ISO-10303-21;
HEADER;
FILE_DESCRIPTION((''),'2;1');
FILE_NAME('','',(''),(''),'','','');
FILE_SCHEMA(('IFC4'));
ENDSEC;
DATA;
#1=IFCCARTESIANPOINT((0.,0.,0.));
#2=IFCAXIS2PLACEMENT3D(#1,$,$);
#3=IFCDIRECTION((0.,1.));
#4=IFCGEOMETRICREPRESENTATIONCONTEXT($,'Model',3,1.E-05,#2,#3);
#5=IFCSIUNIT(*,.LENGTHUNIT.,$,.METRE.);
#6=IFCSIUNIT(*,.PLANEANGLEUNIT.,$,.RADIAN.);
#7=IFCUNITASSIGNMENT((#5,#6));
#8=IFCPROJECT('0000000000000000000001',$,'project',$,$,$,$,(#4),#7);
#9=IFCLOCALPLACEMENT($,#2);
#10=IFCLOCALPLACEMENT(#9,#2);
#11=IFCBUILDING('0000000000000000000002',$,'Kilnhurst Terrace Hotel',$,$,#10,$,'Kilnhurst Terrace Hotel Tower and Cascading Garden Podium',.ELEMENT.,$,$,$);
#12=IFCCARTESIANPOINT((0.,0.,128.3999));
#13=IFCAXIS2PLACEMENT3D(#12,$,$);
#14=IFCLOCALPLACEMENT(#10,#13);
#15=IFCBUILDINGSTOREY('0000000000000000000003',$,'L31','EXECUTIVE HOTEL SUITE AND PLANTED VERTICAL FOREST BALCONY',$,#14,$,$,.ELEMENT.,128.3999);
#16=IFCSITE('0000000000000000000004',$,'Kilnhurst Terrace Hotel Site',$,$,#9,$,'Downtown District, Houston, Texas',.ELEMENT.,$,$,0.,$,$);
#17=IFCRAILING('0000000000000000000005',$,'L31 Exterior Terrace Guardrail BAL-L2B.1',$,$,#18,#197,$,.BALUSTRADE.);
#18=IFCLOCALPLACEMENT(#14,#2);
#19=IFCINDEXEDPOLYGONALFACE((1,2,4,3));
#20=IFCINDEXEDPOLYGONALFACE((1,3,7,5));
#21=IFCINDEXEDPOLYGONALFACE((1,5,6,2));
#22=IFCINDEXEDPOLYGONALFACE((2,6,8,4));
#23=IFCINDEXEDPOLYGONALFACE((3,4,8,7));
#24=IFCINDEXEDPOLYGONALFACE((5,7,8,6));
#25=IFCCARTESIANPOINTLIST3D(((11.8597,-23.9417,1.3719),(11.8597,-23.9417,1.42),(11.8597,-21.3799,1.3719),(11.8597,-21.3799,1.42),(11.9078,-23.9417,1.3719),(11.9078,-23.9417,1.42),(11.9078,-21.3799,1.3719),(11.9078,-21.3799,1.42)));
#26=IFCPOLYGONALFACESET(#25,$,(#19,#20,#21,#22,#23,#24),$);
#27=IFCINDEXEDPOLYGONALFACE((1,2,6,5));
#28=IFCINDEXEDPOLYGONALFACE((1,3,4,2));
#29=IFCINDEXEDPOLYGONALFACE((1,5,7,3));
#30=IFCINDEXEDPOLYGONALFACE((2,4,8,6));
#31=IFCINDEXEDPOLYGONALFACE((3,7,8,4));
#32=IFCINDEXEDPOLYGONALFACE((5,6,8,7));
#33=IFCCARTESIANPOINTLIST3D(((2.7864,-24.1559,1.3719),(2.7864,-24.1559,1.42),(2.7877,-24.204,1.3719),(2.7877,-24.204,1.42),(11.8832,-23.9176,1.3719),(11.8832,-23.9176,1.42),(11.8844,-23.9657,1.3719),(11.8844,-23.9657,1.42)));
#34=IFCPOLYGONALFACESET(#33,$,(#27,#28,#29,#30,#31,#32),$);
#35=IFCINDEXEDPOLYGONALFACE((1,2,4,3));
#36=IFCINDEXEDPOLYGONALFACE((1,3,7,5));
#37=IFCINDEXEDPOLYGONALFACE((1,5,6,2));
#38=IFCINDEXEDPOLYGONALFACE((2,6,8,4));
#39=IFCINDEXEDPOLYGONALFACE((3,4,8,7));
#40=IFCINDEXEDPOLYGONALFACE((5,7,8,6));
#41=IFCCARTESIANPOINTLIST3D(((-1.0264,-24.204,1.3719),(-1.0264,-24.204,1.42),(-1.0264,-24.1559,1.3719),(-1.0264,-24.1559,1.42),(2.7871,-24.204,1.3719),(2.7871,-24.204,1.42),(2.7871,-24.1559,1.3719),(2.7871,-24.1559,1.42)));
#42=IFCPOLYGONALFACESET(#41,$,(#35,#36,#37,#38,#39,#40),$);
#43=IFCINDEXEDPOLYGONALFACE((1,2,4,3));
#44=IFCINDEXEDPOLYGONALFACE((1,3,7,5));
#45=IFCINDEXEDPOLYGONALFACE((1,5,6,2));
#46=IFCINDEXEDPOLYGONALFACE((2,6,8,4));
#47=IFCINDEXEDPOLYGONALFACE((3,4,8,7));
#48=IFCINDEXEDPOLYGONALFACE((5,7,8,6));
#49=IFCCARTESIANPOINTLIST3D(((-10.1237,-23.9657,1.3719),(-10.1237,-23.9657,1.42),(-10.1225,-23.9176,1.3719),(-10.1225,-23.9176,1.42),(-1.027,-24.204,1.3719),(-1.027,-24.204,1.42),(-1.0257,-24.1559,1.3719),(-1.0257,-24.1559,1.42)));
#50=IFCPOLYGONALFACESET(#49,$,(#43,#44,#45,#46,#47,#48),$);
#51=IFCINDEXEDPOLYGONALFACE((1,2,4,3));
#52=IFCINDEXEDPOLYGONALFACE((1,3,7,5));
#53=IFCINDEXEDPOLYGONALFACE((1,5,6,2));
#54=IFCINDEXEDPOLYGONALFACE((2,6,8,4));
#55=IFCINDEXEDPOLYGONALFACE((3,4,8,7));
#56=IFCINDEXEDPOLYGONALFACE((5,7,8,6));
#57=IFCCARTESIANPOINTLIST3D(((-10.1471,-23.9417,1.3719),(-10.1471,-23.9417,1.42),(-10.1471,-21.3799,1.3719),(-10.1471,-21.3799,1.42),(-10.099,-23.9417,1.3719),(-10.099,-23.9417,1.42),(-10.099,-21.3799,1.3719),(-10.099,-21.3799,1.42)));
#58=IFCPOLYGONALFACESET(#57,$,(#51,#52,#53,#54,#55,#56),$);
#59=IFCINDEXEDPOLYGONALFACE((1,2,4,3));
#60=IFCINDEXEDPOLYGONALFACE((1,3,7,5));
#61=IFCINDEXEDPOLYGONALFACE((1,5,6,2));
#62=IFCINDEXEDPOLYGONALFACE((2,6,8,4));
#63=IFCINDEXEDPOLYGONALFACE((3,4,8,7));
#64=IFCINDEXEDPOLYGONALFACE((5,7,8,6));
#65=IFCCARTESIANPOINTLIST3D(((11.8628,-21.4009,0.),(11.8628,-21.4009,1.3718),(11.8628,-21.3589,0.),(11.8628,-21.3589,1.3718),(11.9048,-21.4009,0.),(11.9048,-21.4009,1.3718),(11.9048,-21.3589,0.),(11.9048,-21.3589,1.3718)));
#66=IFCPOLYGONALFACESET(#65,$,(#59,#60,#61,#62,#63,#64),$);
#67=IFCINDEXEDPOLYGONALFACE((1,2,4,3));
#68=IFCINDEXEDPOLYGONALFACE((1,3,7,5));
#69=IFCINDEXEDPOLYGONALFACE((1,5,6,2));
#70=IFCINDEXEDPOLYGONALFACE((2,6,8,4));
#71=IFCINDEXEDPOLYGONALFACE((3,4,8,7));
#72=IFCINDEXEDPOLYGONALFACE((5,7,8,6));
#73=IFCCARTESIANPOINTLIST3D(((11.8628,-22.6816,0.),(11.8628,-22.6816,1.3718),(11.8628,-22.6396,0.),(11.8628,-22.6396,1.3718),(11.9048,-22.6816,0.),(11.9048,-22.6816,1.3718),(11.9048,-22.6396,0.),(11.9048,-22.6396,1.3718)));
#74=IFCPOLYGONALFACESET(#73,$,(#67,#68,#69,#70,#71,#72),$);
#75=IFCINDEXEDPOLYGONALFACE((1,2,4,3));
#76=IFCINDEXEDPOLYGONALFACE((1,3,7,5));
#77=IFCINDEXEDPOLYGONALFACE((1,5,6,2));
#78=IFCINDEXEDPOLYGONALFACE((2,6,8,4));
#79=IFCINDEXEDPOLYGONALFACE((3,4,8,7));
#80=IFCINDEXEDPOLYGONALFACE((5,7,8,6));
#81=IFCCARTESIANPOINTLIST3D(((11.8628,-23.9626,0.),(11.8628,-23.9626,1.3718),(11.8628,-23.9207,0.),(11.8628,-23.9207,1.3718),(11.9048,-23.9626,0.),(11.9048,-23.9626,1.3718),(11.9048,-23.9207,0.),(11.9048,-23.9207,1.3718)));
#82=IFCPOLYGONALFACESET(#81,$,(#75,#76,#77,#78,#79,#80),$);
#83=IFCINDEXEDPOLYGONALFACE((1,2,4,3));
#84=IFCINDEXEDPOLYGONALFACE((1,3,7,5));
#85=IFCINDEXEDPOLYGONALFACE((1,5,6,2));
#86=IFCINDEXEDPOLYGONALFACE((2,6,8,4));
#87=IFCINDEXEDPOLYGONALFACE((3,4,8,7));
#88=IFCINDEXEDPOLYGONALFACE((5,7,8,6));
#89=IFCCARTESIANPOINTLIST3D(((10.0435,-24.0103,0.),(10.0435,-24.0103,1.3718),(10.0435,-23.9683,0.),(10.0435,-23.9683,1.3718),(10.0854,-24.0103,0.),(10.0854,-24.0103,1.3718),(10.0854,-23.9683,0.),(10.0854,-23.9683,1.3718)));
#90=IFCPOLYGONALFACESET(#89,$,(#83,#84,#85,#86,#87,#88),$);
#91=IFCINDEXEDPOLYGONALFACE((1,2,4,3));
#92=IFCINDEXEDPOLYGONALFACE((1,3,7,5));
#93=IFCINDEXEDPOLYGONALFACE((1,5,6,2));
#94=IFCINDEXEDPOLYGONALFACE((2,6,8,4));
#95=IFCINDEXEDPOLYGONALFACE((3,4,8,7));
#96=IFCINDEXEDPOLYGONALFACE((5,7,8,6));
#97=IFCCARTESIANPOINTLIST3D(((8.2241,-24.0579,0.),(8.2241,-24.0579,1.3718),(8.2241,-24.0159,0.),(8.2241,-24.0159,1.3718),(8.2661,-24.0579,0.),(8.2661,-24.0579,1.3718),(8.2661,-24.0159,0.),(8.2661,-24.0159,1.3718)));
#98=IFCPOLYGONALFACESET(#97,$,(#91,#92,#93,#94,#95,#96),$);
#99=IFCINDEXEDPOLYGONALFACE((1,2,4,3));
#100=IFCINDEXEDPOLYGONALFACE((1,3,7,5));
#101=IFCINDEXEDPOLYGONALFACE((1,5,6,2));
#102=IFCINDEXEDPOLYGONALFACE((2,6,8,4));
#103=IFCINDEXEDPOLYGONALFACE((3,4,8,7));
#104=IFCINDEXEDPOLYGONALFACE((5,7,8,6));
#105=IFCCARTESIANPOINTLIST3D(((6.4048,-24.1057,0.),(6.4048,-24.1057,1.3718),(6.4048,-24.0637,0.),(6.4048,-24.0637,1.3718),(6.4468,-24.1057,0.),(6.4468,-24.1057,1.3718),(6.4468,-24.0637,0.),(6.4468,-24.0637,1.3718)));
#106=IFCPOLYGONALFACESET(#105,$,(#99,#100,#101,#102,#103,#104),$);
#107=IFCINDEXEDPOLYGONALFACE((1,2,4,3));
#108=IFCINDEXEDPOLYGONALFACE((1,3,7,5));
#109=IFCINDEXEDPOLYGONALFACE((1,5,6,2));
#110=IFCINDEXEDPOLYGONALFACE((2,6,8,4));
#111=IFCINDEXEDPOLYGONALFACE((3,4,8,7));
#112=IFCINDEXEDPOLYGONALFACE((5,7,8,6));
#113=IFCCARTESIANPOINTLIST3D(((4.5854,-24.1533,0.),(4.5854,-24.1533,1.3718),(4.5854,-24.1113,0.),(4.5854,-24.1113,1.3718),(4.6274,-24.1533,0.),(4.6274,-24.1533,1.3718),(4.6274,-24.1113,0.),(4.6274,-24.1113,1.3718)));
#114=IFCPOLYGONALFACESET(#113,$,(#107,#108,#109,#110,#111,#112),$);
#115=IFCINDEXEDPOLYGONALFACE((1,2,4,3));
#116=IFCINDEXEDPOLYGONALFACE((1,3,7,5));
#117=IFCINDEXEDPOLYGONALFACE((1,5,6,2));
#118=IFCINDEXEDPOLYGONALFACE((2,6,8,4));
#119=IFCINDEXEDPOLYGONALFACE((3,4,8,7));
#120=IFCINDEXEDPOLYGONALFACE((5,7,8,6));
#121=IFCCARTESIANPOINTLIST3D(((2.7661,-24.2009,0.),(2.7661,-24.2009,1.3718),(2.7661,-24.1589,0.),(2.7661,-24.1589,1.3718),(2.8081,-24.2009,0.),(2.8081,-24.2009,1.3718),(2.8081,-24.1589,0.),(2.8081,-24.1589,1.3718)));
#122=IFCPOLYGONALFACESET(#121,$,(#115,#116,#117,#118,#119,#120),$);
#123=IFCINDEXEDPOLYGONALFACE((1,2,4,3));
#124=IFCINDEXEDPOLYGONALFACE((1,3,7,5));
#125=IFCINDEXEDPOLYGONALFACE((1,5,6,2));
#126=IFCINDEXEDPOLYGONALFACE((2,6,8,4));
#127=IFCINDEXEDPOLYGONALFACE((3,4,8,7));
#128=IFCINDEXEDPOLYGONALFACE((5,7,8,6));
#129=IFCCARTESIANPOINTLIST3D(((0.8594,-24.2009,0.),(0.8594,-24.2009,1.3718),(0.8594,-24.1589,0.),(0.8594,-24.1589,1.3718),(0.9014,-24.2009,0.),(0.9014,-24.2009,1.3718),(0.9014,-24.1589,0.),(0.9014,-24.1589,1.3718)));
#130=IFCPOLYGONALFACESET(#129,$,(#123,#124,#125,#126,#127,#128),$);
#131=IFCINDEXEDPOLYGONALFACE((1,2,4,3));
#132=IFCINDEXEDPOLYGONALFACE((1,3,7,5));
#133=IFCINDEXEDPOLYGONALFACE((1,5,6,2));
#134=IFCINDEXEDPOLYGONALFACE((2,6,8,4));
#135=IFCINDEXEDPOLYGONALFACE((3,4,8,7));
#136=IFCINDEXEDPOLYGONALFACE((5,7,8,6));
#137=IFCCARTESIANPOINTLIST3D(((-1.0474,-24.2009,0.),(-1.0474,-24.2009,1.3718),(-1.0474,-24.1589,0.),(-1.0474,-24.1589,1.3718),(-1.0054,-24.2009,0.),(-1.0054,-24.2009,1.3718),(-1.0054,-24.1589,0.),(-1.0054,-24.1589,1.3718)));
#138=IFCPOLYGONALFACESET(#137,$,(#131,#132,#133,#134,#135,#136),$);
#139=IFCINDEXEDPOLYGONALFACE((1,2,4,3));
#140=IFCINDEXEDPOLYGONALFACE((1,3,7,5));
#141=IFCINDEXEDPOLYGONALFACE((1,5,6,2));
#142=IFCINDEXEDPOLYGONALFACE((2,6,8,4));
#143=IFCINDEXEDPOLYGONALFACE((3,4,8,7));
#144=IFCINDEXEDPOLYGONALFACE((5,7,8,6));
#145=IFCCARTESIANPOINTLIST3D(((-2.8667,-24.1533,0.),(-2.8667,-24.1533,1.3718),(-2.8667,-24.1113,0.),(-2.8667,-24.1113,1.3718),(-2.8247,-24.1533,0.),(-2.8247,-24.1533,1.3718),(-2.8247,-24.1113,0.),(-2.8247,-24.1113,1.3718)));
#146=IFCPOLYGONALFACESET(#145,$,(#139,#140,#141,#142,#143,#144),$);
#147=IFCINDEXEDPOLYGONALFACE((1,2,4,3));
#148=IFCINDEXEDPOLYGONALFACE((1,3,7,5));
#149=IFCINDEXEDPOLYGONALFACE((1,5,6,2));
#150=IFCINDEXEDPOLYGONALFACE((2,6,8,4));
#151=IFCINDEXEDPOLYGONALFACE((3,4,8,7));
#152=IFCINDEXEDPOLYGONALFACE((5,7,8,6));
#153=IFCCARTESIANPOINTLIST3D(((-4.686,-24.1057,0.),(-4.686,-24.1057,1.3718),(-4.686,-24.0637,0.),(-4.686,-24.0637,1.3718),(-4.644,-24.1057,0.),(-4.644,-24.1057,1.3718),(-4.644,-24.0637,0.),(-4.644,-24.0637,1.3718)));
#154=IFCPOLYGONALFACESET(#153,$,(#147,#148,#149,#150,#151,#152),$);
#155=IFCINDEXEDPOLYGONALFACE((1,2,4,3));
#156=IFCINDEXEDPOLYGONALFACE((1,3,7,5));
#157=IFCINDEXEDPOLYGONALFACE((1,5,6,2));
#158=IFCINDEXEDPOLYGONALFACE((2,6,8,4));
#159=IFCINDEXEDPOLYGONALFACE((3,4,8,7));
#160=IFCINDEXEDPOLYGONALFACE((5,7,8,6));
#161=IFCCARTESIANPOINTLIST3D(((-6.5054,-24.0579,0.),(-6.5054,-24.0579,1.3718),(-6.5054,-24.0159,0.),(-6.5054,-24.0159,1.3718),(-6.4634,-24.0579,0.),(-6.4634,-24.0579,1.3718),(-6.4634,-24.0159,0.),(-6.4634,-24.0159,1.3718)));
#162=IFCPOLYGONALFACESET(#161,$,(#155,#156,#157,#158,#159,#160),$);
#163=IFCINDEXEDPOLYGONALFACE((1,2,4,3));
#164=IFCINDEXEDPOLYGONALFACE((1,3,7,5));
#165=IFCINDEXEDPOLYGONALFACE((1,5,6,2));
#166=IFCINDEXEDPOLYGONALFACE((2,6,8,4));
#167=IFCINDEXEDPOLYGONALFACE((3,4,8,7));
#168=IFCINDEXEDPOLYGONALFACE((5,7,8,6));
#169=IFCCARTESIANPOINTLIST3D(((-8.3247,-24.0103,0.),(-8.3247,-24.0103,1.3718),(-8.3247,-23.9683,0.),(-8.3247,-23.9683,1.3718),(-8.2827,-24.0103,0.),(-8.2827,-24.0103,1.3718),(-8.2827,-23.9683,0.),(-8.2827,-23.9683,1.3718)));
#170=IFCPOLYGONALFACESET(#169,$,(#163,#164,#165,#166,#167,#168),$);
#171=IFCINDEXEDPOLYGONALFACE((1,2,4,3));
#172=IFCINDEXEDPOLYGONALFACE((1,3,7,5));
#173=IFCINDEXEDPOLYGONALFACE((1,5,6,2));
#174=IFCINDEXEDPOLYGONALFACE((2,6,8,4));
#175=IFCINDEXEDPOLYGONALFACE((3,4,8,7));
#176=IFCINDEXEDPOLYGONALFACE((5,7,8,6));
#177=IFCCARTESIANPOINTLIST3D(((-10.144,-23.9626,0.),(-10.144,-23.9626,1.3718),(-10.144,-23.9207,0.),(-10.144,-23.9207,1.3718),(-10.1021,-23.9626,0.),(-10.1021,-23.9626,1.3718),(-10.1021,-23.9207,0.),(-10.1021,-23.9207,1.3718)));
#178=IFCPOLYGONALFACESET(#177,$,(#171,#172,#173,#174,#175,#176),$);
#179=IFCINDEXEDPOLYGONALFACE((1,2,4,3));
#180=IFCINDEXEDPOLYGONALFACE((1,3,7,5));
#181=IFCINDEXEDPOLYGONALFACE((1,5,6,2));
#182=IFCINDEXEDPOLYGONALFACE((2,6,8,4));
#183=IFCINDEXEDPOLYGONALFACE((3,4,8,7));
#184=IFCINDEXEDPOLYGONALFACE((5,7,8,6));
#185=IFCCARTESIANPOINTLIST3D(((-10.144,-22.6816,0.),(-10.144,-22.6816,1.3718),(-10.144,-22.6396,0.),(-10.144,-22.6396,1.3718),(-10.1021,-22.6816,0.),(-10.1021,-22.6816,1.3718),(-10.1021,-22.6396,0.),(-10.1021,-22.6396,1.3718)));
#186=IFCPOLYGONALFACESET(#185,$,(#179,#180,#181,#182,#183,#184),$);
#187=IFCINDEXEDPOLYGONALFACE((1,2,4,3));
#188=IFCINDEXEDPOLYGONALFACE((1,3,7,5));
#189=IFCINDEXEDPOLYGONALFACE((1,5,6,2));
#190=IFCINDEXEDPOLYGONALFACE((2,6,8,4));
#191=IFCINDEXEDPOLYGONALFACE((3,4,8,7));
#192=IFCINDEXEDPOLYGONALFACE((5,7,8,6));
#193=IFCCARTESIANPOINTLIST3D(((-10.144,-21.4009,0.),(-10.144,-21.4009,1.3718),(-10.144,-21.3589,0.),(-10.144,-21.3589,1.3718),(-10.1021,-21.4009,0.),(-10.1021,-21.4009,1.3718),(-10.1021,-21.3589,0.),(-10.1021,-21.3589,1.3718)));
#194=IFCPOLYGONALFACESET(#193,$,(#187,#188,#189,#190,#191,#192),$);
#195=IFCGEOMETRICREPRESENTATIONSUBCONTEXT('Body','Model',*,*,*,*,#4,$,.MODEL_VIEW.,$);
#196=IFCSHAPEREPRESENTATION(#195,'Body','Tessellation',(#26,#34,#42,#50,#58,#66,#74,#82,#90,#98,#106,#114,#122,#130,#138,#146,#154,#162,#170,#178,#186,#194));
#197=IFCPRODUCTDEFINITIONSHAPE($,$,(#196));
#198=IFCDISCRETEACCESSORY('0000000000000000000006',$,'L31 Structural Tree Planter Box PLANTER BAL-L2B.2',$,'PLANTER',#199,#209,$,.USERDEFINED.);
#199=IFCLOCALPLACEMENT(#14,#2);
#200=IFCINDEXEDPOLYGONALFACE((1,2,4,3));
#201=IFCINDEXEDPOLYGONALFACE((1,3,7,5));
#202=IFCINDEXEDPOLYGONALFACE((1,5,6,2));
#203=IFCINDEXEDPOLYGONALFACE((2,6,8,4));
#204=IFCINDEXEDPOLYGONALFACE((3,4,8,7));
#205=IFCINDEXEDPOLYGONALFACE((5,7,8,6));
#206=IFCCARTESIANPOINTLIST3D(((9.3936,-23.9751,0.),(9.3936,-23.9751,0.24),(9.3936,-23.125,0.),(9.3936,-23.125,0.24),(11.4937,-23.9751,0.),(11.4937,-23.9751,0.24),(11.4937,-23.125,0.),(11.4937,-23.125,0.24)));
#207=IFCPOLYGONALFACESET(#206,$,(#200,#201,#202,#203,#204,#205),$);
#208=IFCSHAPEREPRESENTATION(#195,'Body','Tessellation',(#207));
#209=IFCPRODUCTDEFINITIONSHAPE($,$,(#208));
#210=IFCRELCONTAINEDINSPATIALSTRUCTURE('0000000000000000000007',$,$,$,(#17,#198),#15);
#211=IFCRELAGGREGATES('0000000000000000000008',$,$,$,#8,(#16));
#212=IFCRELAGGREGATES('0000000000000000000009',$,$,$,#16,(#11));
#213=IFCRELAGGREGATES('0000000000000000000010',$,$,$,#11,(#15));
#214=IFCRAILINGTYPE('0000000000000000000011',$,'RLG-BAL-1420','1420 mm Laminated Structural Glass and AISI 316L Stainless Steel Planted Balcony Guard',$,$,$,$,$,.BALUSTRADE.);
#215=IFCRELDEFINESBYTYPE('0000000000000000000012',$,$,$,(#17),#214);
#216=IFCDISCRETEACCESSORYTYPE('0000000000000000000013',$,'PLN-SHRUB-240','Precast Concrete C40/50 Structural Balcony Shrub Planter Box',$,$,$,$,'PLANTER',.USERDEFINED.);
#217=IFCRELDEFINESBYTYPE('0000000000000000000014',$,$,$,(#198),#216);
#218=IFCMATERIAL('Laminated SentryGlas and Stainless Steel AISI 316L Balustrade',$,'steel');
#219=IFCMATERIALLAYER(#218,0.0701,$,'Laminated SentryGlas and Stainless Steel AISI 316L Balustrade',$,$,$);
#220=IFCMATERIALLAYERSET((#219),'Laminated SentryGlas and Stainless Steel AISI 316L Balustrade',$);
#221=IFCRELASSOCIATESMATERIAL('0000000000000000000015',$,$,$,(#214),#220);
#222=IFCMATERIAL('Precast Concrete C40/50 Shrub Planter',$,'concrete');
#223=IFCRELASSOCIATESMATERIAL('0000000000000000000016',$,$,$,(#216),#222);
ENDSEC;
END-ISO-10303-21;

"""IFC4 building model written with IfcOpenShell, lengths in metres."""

from ifc_helpers import new_model, si_unit, direction, frame, origin, origin_2d, place, context, subcontext, project, spatial, rectangle, extrude, material, layer, layer_set, type_object, element, save


model = new_model("IFC4")

# Units and contexts
model_context = context("Model", 3, precision=1e-05, world=origin(), true_north=direction((0.0, 1.0)))
body_context = subcontext(model_context, "Body", "Model", "MODEL_VIEW")
ifc_project = project(units=[si_unit("LENGTHUNIT", "METRE"), si_unit("PLANEANGLEUNIT", "RADIAN")], contexts=[model_context])

# Site, building, storey
site_placement = place(None, origin())
site = spatial("IfcSite", under=ifc_project, at=site_placement, Name="Kilnhurst Terrace Hotel Site", LongName="Downtown District, Houston, Texas", CompositionType="ELEMENT", RefElevation=0.0)
building_placement = place(site_placement, origin())
building = spatial("IfcBuilding", under=site, at=building_placement, Name="Kilnhurst Terrace Hotel", LongName="Kilnhurst Terrace Hotel Tower and Cascading Garden Podium", CompositionType="ELEMENT")
storey_placement = place(building_placement, frame((0.0, 0.0, 128.3999)))
storey = spatial("IfcBuildingStorey", under=building, at=storey_placement, Name="L31", Description="EXECUTIVE HOTEL SUITE AND PLANTED VERTICAL FOREST BALCONY", CompositionType="ELEMENT", Elevation=128.3999)

# Railing
ifc_material_1 = material(Name="Laminated SentryGlas and Stainless Steel AISI 316L Balustrade", Category="steel")
ifc_layer_1 = layer(ifc_material_1, 0.0701, Name="Laminated SentryGlas and Stainless Steel AISI 316L Balustrade")
ifc_layer_set_1 = layer_set([ifc_layer_1], Name="Laminated SentryGlas and Stainless Steel AISI 316L Balustrade")
railing_type = type_object("IfcRailingType", Name="RLG-BAL-1420", Description="1420 mm Laminated Structural Glass and AISI 316L Stainless Steel Planted Balcony Guard", PredefinedType="BALUSTRADE", material=ifc_layer_set_1)
railing_placement = place(storey_placement, frame((11.8838, -21.3799, 0.0)))
element("IfcRailing", 1, at=railing_placement, inside=storey, type_object=railing_type, Name="L31 Exterior Terrace Guardrail BAL-L2B.1", PredefinedType="BALUSTRADE", context=body_context, shape_type="SweptSolid", body=[
    extrude(rectangle(XDim=0.0481, YDim=0.0481, at=origin_2d()), frame((0.0, 0.0, 1.396), z_axis=(0.0, -1.0, 0.0), x_axis=(1.0, 0.0, 0.0)), (0.0, 0.0, 1.0), 2.5618),
    extrude(rectangle(XDim=0.0481, YDim=0.0481, at=origin_2d()), frame((0.0, -2.5618, 1.396), z_axis=(-0.999657, -0.026185, 0.0), x_axis=(0.026185, -0.999657, 0.0)), (0.0, 0.0, 1.0), 9.0999),
    extrude(rectangle(XDim=0.0481, YDim=0.0481, at=origin_2d()), frame((-9.0967, -2.8, 1.396), z_axis=(-1.0, 0.0, 0.0), x_axis=(0.0, -1.0, 0.0)), (0.0, 0.0, 1.0), 3.8135),
    extrude(rectangle(XDim=0.0481, YDim=0.0481, at=origin_2d()), frame((-12.9102, -2.8, 1.396), z_axis=(-0.999657, 0.026185, 0.0), x_axis=(-0.026185, -0.999657, 0.0)), (0.0, 0.0, 1.0), 9.0999),
    extrude(rectangle(XDim=0.0481, YDim=0.0481, at=origin_2d()), frame((-22.0068, -2.5618, 1.396), z_axis=(0.0, 1.0, 0.0), x_axis=(-1.0, 0.0, 0.0)), (0.0, 0.0, 1.0), 2.5618),
    extrude(rectangle(XDim=0.042, YDim=0.042, at=origin_2d()), origin(), (0.0, 0.0, 1.0), 1.3718),
    extrude(rectangle(XDim=0.042, YDim=0.042, at=origin_2d()), frame((0.0, -1.2808, 0.0)), (0.0, 0.0, 1.0), 1.3718),
    extrude(rectangle(XDim=0.042, YDim=0.042, at=origin_2d()), frame((0.0, -2.5618, 0.0)), (0.0, 0.0, 1.0), 1.3718),
    extrude(rectangle(XDim=0.042, YDim=0.042, at=origin_2d()), frame((-1.8193, -2.6094, 0.0)), (0.0, 0.0, 1.0), 1.3718),
    extrude(rectangle(XDim=0.042, YDim=0.042, at=origin_2d()), frame((-3.6387, -2.657, 0.0)), (0.0, 0.0, 1.0), 1.3718),
    extrude(rectangle(XDim=0.042, YDim=0.042, at=origin_2d()), frame((-5.458, -2.7048, 0.0)), (0.0, 0.0, 1.0), 1.3718),
    extrude(rectangle(XDim=0.042, YDim=0.042, at=origin_2d()), frame((-7.2773, -2.7524, 0.0)), (0.0, 0.0, 1.0), 1.3718),
    extrude(rectangle(XDim=0.042, YDim=0.042, at=origin_2d()), frame((-9.0967, -2.8, 0.0)), (0.0, 0.0, 1.0), 1.3718),
    extrude(rectangle(XDim=0.042, YDim=0.042, at=origin_2d()), frame((-11.0034, -2.8, 0.0)), (0.0, 0.0, 1.0), 1.3718),
    extrude(rectangle(XDim=0.042, YDim=0.042, at=origin_2d()), frame((-12.9102, -2.8, 0.0)), (0.0, 0.0, 1.0), 1.3718),
    extrude(rectangle(XDim=0.042, YDim=0.042, at=origin_2d()), frame((-14.7295, -2.7524, 0.0)), (0.0, 0.0, 1.0), 1.3718),
    extrude(rectangle(XDim=0.042, YDim=0.042, at=origin_2d()), frame((-16.5488, -2.7048, 0.0)), (0.0, 0.0, 1.0), 1.3718),
    extrude(rectangle(XDim=0.042, YDim=0.042, at=origin_2d()), frame((-18.3682, -2.657, 0.0)), (0.0, 0.0, 1.0), 1.3718),
    extrude(rectangle(XDim=0.042, YDim=0.042, at=origin_2d()), frame((-20.1875, -2.6094, 0.0)), (0.0, 0.0, 1.0), 1.3718),
    extrude(rectangle(XDim=0.042, YDim=0.042, at=origin_2d()), frame((-22.0068, -2.5618, 0.0)), (0.0, 0.0, 1.0), 1.3718),
    extrude(rectangle(XDim=0.042, YDim=0.042, at=origin_2d()), frame((-22.0068, -1.2808, 0.0)), (0.0, 0.0, 1.0), 1.3718),
    extrude(rectangle(XDim=0.042, YDim=0.042, at=origin_2d()), frame((-22.0068, 0.0, 0.0)), (0.0, 0.0, 1.0), 1.3718),
])

# Discrete accessory
ifc_material_2 = material(Name="Precast Concrete C40/50 Shrub Planter", Category="concrete")
discrete_accessory_type = type_object("IfcDiscreteAccessoryType", Name="PLN-SHRUB-240", Description="Precast Concrete C40/50 Structural Balcony Shrub Planter Box", ElementType="PLANTER", PredefinedType="USERDEFINED", material=ifc_material_2)
discrete_accessory_placement = place(storey_placement, frame((10.4436, -23.55, 0.0), z_axis=(0.0, 0.0, 1.0), x_axis=(1.0, 0.0, 0.0)))
element("IfcDiscreteAccessory", 2, at=discrete_accessory_placement, inside=storey, type_object=discrete_accessory_type, Name="L31 Structural Tree Planter Box PLANTER BAL-L2B.2", ObjectType="PLANTER", PredefinedType="USERDEFINED", context=body_context, shape_type="SweptSolid", body=[
    extrude(rectangle(XDim=2.1001, YDim=0.8501, at=origin_2d()), origin(), (0.0, 0.0, 1.0), 0.24),
])

save(model, "model.ifc")
